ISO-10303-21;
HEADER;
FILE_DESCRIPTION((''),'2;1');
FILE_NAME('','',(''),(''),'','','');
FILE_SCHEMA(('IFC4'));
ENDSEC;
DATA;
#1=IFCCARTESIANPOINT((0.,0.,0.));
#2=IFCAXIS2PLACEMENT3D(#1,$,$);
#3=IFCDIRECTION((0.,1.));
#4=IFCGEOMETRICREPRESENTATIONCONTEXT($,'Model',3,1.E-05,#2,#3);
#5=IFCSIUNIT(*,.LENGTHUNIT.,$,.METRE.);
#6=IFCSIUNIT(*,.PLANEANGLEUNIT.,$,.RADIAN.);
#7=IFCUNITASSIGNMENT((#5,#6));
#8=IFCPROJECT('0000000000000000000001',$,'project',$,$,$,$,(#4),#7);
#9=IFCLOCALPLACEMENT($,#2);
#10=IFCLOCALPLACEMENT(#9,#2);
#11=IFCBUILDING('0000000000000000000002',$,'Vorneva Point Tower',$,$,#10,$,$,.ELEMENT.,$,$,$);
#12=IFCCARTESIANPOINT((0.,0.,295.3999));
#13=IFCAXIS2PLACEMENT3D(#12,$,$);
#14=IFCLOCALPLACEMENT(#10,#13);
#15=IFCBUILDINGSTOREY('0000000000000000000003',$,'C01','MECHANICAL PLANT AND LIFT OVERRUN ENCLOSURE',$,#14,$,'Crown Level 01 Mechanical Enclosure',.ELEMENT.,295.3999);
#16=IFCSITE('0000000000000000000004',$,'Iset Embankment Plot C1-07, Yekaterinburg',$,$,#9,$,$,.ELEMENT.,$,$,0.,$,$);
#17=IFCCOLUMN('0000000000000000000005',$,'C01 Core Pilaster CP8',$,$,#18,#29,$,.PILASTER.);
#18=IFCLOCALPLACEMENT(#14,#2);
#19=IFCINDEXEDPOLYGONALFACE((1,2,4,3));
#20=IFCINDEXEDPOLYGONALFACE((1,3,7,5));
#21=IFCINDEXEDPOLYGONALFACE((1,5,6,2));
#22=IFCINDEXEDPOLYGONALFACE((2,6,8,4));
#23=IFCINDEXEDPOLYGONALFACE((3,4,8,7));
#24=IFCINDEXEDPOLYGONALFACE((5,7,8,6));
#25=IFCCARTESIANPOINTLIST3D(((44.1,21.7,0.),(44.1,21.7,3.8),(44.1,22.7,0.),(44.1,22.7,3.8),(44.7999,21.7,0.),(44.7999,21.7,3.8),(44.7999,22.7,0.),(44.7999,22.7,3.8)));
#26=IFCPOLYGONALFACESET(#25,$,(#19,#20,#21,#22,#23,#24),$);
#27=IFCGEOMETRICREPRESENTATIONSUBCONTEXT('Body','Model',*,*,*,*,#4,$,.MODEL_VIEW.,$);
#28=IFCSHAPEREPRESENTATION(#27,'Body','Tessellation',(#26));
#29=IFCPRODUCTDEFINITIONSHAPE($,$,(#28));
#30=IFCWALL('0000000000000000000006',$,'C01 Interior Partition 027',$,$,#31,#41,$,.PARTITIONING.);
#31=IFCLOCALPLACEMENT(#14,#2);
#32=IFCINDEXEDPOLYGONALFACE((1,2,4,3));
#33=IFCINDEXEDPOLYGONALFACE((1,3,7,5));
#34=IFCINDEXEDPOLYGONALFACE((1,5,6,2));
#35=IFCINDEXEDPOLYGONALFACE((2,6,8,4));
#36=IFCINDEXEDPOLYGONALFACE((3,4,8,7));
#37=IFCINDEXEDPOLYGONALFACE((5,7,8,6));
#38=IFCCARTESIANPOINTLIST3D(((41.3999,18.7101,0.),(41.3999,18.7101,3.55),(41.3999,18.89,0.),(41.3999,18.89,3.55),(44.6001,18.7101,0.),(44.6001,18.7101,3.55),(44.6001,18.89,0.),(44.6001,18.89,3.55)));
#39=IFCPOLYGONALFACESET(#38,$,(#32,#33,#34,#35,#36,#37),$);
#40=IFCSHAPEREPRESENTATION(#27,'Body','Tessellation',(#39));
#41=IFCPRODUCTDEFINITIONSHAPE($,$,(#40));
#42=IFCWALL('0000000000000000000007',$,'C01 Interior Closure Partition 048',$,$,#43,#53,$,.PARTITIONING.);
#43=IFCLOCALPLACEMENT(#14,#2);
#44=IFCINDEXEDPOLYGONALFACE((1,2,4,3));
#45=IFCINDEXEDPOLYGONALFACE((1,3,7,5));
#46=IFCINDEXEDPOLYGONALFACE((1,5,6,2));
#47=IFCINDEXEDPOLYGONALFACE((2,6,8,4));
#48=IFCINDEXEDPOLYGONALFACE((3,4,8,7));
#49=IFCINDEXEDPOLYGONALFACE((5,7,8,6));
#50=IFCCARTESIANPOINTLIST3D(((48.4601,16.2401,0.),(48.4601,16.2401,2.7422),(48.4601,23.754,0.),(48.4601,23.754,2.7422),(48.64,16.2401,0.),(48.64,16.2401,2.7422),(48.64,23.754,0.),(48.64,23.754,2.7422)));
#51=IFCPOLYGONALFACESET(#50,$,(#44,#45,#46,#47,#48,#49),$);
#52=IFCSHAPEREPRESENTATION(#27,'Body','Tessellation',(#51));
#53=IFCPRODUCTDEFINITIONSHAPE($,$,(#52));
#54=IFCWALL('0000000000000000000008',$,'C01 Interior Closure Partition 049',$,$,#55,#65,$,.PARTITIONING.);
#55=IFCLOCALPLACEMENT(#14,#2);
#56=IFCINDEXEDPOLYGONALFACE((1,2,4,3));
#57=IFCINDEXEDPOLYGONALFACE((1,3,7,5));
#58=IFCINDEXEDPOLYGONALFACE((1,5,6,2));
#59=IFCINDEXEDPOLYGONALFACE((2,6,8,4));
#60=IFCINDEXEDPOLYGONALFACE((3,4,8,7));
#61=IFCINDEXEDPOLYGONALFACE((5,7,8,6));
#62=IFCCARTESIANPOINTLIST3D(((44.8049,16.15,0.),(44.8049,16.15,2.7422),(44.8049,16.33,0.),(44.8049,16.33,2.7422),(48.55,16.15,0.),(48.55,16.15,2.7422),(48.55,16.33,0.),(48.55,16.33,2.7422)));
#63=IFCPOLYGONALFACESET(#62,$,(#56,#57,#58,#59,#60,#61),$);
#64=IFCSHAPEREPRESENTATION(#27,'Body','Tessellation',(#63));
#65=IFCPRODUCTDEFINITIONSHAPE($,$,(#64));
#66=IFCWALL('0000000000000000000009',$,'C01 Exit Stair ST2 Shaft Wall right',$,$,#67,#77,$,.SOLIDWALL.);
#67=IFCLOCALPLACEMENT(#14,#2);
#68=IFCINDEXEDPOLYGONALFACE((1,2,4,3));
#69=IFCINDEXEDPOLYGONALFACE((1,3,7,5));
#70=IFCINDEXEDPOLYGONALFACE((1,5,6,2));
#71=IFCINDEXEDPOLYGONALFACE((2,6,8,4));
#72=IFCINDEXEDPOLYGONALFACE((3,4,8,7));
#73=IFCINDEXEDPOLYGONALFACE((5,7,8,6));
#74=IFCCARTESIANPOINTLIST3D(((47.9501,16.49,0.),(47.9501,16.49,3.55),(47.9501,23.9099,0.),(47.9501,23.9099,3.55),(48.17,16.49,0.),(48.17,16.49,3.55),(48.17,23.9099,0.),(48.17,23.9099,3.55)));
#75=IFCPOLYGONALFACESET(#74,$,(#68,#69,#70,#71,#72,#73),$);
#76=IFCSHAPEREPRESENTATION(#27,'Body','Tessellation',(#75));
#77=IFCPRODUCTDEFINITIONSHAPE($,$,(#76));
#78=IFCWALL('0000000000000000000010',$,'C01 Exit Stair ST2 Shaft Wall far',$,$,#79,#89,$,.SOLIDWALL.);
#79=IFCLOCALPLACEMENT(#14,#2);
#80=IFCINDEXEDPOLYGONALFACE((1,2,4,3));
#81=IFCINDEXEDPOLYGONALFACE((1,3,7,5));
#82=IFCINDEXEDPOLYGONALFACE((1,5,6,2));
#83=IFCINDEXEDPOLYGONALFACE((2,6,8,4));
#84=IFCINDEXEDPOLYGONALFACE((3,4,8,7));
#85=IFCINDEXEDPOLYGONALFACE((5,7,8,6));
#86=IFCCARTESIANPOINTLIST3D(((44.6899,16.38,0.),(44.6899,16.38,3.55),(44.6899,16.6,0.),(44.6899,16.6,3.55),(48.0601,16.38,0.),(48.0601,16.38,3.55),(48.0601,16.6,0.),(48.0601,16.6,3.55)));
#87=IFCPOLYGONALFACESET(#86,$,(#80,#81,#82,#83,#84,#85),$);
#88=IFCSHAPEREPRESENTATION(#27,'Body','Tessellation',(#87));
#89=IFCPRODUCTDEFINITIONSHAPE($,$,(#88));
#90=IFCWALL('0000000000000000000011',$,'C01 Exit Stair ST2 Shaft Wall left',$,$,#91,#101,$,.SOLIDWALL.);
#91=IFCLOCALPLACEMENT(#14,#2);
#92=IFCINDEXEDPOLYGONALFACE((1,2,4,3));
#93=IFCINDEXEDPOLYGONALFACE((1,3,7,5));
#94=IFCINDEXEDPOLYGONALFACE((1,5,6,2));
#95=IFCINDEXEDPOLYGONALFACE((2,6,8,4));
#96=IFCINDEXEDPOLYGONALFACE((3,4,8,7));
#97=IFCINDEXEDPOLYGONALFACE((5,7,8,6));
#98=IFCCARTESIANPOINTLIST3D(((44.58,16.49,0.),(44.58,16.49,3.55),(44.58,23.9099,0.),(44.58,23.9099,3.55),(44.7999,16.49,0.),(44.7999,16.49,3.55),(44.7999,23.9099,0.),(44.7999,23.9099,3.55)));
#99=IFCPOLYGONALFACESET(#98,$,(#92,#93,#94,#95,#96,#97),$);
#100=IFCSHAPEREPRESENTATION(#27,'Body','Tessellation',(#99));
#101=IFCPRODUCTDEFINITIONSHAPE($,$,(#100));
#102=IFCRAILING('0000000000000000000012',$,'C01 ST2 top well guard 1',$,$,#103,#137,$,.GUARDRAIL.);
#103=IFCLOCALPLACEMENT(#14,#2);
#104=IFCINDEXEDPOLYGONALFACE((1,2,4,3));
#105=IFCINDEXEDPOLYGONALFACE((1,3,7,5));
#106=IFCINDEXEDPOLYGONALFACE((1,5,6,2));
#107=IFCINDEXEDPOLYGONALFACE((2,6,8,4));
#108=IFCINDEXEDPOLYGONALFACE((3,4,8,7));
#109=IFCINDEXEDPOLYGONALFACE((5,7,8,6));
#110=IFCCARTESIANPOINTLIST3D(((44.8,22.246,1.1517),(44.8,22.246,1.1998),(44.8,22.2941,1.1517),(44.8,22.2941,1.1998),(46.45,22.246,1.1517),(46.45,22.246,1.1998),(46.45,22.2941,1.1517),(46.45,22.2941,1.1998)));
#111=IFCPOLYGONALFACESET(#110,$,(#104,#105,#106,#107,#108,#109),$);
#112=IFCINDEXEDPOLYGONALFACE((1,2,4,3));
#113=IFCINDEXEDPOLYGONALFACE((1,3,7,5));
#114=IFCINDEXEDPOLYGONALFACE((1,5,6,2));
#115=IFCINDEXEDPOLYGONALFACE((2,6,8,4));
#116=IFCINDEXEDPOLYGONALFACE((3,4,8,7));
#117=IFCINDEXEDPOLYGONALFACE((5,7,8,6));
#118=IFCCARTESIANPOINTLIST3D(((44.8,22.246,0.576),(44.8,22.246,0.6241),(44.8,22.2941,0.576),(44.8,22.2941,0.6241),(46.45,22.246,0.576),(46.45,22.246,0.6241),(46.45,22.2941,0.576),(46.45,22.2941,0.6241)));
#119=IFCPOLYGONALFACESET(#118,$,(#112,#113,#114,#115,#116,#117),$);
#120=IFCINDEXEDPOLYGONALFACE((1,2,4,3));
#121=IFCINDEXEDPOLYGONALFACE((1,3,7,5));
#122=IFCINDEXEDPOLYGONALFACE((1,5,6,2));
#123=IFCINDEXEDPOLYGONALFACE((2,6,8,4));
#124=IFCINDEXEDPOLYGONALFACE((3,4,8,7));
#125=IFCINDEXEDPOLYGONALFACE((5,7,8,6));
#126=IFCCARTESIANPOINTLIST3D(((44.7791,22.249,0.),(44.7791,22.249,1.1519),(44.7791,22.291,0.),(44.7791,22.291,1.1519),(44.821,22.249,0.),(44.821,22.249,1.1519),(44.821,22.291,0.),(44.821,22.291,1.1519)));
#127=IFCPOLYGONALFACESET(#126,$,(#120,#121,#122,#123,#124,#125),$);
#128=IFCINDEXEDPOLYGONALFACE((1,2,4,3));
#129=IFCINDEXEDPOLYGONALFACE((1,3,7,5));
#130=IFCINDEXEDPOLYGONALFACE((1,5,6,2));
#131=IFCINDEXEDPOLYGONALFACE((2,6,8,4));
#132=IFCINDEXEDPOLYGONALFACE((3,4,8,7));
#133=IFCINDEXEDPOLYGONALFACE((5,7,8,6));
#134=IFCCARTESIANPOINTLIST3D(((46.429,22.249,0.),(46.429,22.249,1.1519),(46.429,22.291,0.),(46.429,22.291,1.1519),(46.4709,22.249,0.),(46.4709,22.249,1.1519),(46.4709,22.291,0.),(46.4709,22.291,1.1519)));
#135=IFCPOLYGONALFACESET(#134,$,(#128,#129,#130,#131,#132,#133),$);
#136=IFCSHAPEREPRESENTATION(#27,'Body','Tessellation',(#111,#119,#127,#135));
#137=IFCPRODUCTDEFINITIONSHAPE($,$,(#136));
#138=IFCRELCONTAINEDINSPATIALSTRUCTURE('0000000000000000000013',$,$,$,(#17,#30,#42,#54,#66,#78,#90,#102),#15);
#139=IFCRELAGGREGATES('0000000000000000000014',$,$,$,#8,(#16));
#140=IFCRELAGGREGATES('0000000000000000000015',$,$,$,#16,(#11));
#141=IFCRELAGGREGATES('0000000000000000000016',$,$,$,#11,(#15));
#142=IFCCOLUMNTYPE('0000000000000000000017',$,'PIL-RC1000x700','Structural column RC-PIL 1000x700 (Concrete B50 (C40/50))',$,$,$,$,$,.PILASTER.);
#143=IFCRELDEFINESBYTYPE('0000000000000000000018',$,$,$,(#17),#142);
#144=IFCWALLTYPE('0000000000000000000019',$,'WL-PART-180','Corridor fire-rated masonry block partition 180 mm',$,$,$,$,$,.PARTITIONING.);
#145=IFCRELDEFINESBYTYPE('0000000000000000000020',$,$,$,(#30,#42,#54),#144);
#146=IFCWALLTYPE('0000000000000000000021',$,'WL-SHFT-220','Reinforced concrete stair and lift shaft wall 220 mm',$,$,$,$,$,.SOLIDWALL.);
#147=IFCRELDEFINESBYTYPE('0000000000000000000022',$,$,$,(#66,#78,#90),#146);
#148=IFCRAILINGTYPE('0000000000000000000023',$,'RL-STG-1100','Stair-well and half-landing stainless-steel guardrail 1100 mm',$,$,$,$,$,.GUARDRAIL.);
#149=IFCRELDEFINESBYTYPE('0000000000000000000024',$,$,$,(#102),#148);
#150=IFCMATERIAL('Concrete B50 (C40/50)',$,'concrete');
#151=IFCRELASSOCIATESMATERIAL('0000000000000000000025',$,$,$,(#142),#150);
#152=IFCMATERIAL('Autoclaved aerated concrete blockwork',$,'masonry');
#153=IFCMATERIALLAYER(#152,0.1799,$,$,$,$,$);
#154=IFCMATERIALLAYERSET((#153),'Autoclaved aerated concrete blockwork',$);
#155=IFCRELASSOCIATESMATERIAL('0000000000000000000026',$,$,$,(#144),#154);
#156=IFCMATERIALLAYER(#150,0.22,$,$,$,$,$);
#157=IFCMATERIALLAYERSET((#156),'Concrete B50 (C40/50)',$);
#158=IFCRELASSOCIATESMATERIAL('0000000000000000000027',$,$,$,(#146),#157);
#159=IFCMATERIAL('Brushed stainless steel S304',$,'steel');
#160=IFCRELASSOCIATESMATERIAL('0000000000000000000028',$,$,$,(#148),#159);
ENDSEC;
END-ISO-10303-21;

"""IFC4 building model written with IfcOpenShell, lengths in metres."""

from ifc_helpers import new_model, si_unit, direction, frame, frame_2d, origin, origin_2d, place, context, subcontext, project, spatial, rectangle, extrude, material, layer, layer_set, material_profile, profile_set, type_object, element, save


model = new_model("IFC4")

# Units and contexts
model_context = context("Model", 3, precision=1e-05, world=origin(), true_north=direction((0.0, 1.0)))
body_context = subcontext(model_context, "Body", "Model", "MODEL_VIEW")
ifc_project = project(units=[si_unit("LENGTHUNIT", "METRE"), si_unit("PLANEANGLEUNIT", "RADIAN")], contexts=[model_context])

# Site, building, storey
site_placement = place(None, origin())
site = spatial("IfcSite", under=ifc_project, at=site_placement, Name="Iset Embankment Plot C1-07, Yekaterinburg", CompositionType="ELEMENT", RefElevation=0.0)
building_placement = place(site_placement, origin())
building = spatial("IfcBuilding", under=site, at=building_placement, Name="Vorneva Point Tower", CompositionType="ELEMENT")
storey_placement = place(building_placement, frame((0.0, 0.0, 295.3999)))
storey = spatial("IfcBuildingStorey", under=building, at=storey_placement, Name="C01", Description="MECHANICAL PLANT AND LIFT OVERRUN ENCLOSURE", LongName="Crown Level 01 Mechanical Enclosure", CompositionType="ELEMENT", Elevation=295.3999)

# Column
ifc_material_1 = material(Name="Concrete B50 (C40/50)", Category="concrete")
ifc_material_profile = material_profile(ifc_material_1, rectangle(XDim=0.7, YDim=1.0, at=origin_2d()), Name="RC-PIL 1000x700")
ifc_profile_set = profile_set([ifc_material_profile], Name="Concrete B50 (C40/50)")
column_type = type_object("IfcColumnType", Name="PIL-RC1000x700", Description="Structural column RC-PIL 1000x700 (Concrete B50 (C40/50))", PredefinedType="PILASTER", material=ifc_profile_set)
column_placement = place(storey_placement, frame((44.45, 22.2, 0.0), z_axis=(0.0, 0.0, 1.0), x_axis=(1.0, 0.0, 0.0)))
element("IfcColumn", 1, at=column_placement, inside=storey, type_object=column_type, Name="C01 Core Pilaster CP8", PredefinedType="PILASTER", context=body_context, shape_type="SweptSolid", body=[
    extrude(rectangle(XDim=0.7, YDim=1.0, at=origin_2d()), origin(), (0.0, 0.0, 1.0), 3.8),
])

# Shared definitions
ifc_material_2 = material(Name="Autoclaved aerated concrete blockwork", Category="masonry")
ifc_layer_1 = layer(ifc_material_2, 0.1799)
ifc_layer_set_1 = layer_set([ifc_layer_1], Name="Autoclaved aerated concrete blockwork")
wall_type_1 = type_object("IfcWallType", Name="WL-PART-180", Description="Corridor fire-rated masonry block partition 180 mm", PredefinedType="PARTITIONING", material=ifc_layer_set_1)

# Walls
wall_1_placement = place(storey_placement, frame((44.6001, 18.8, 0.0), z_axis=(0.0, 0.0, 1.0), x_axis=(-1.0, 0.0, 0.0)))
element("IfcWall", 2, at=wall_1_placement, inside=storey, type_object=wall_type_1, Name="C01 Interior Partition 027", PredefinedType="PARTITIONING", context=body_context, shape_type="SweptSolid", body=[
    extrude(rectangle(XDim=3.2002, YDim=0.1799, at=frame_2d((1.6001, 0.0))), origin(), (0.0, 0.0, 1.0), 3.55),
])
wall_2_placement = place(storey_placement, frame((48.55, 23.7539, 0.0), z_axis=(0.0, 0.0, 1.0), x_axis=(0.0, -1.0, 0.0)))
element("IfcWall", 3, at=wall_2_placement, inside=storey, type_object=wall_type_1, Name="C01 Interior Closure Partition 048", PredefinedType="PARTITIONING", context=body_context, shape_type="SweptSolid", body=[
    extrude(rectangle(XDim=7.5139, YDim=0.1799, at=frame_2d((3.7568, 0.0))), origin(), (0.0, 0.0, 1.0), 2.7422),
])
wall_3_placement = place(storey_placement, frame((48.55, 16.24, 0.0), z_axis=(0.0, 0.0, 1.0), x_axis=(-1.0, 0.0, 0.0)))
element("IfcWall", 4, at=wall_3_placement, inside=storey, type_object=wall_type_1, Name="C01 Interior Closure Partition 049", PredefinedType="PARTITIONING", context=body_context, shape_type="SweptSolid", body=[
    extrude(rectangle(XDim=3.7451, YDim=0.1799, at=frame_2d((1.8726, 0.0))), origin(), (0.0, 0.0, 1.0), 2.7422),
])

# Shared definitions
ifc_layer_2 = layer(ifc_material_1, 0.22)
ifc_layer_set_2 = layer_set([ifc_layer_2], Name="Concrete B50 (C40/50)")
wall_type_2 = type_object("IfcWallType", Name="WL-SHFT-220", Description="Reinforced concrete stair and lift shaft wall 220 mm", PredefinedType="SOLIDWALL", material=ifc_layer_set_2)

# Walls
wall_4_placement = place(storey_placement, frame((48.0601, 23.9099, 0.0), z_axis=(0.0, 0.0, 1.0), x_axis=(0.0, -1.0, 0.0)))
element("IfcWall", 5, at=wall_4_placement, inside=storey, type_object=wall_type_2, Name="C01 Exit Stair ST2 Shaft Wall right", PredefinedType="SOLIDWALL", context=body_context, shape_type="SweptSolid", body=[
    extrude(rectangle(XDim=7.4199, YDim=0.22, at=frame_2d((3.71, 0.0))), origin(), (0.0, 0.0, 1.0), 3.55),
])
wall_5_placement = place(storey_placement, frame((48.0601, 16.49, 0.0), z_axis=(0.0, 0.0, 1.0), x_axis=(-1.0, 0.0, 0.0)))
element("IfcWall", 6, at=wall_5_placement, inside=storey, type_object=wall_type_2, Name="C01 Exit Stair ST2 Shaft Wall far", PredefinedType="SOLIDWALL", context=body_context, shape_type="SweptSolid", body=[
    extrude(rectangle(XDim=3.3701, YDim=0.22, at=frame_2d((1.6851, 0.0))), origin(), (0.0, 0.0, 1.0), 3.55),
])
wall_6_placement = place(storey_placement, frame((44.6899, 16.49, 0.0), z_axis=(0.0, 0.0, 1.0), x_axis=(0.0, 1.0, 0.0)))
element("IfcWall", 7, at=wall_6_placement, inside=storey, type_object=wall_type_2, Name="C01 Exit Stair ST2 Shaft Wall left", PredefinedType="SOLIDWALL", context=body_context, shape_type="SweptSolid", body=[
    extrude(rectangle(XDim=7.4199, YDim=0.22, at=frame_2d((3.71, 0.0))), origin(), (0.0, 0.0, 1.0), 3.55),
])

# Railing
ifc_material_3 = material(Name="Brushed stainless steel S304", Category="steel")
railing_type = type_object("IfcRailingType", Name="RL-STG-1100", Description="Stair-well and half-landing stainless-steel guardrail 1100 mm", PredefinedType="GUARDRAIL", material=ifc_material_3)
railing_placement = place(storey_placement, frame((44.8, 22.27, 0.0)))
element("IfcRailing", 8, at=railing_placement, inside=storey, type_object=railing_type, Name="C01 ST2 top well guard 1", PredefinedType="GUARDRAIL", context=body_context, shape_type="SweptSolid", body=[
    extrude(rectangle(XDim=0.0481, YDim=0.0481, at=origin_2d()), frame((0.0, 0.0, 1.1758), z_axis=(1.0, 0.0, 0.0), x_axis=(0.0, 1.0, 0.0)), (0.0, 0.0, 1.0), 1.6499),
    extrude(rectangle(XDim=0.0481, YDim=0.0481, at=origin_2d()), frame((0.0, 0.0, 0.6001), z_axis=(1.0, 0.0, 0.0), x_axis=(0.0, 1.0, 0.0)), (0.0, 0.0, 1.0), 1.6499),
    extrude(rectangle(XDim=0.042, YDim=0.042, at=origin_2d()), origin(), (0.0, 0.0, 1.0), 1.1519),
    extrude(rectangle(XDim=0.042, YDim=0.042, at=origin_2d()), frame((1.6499, 0.0, 0.0)), (0.0, 0.0, 1.0), 1.1519),
])

save(model, "model.ifc")
